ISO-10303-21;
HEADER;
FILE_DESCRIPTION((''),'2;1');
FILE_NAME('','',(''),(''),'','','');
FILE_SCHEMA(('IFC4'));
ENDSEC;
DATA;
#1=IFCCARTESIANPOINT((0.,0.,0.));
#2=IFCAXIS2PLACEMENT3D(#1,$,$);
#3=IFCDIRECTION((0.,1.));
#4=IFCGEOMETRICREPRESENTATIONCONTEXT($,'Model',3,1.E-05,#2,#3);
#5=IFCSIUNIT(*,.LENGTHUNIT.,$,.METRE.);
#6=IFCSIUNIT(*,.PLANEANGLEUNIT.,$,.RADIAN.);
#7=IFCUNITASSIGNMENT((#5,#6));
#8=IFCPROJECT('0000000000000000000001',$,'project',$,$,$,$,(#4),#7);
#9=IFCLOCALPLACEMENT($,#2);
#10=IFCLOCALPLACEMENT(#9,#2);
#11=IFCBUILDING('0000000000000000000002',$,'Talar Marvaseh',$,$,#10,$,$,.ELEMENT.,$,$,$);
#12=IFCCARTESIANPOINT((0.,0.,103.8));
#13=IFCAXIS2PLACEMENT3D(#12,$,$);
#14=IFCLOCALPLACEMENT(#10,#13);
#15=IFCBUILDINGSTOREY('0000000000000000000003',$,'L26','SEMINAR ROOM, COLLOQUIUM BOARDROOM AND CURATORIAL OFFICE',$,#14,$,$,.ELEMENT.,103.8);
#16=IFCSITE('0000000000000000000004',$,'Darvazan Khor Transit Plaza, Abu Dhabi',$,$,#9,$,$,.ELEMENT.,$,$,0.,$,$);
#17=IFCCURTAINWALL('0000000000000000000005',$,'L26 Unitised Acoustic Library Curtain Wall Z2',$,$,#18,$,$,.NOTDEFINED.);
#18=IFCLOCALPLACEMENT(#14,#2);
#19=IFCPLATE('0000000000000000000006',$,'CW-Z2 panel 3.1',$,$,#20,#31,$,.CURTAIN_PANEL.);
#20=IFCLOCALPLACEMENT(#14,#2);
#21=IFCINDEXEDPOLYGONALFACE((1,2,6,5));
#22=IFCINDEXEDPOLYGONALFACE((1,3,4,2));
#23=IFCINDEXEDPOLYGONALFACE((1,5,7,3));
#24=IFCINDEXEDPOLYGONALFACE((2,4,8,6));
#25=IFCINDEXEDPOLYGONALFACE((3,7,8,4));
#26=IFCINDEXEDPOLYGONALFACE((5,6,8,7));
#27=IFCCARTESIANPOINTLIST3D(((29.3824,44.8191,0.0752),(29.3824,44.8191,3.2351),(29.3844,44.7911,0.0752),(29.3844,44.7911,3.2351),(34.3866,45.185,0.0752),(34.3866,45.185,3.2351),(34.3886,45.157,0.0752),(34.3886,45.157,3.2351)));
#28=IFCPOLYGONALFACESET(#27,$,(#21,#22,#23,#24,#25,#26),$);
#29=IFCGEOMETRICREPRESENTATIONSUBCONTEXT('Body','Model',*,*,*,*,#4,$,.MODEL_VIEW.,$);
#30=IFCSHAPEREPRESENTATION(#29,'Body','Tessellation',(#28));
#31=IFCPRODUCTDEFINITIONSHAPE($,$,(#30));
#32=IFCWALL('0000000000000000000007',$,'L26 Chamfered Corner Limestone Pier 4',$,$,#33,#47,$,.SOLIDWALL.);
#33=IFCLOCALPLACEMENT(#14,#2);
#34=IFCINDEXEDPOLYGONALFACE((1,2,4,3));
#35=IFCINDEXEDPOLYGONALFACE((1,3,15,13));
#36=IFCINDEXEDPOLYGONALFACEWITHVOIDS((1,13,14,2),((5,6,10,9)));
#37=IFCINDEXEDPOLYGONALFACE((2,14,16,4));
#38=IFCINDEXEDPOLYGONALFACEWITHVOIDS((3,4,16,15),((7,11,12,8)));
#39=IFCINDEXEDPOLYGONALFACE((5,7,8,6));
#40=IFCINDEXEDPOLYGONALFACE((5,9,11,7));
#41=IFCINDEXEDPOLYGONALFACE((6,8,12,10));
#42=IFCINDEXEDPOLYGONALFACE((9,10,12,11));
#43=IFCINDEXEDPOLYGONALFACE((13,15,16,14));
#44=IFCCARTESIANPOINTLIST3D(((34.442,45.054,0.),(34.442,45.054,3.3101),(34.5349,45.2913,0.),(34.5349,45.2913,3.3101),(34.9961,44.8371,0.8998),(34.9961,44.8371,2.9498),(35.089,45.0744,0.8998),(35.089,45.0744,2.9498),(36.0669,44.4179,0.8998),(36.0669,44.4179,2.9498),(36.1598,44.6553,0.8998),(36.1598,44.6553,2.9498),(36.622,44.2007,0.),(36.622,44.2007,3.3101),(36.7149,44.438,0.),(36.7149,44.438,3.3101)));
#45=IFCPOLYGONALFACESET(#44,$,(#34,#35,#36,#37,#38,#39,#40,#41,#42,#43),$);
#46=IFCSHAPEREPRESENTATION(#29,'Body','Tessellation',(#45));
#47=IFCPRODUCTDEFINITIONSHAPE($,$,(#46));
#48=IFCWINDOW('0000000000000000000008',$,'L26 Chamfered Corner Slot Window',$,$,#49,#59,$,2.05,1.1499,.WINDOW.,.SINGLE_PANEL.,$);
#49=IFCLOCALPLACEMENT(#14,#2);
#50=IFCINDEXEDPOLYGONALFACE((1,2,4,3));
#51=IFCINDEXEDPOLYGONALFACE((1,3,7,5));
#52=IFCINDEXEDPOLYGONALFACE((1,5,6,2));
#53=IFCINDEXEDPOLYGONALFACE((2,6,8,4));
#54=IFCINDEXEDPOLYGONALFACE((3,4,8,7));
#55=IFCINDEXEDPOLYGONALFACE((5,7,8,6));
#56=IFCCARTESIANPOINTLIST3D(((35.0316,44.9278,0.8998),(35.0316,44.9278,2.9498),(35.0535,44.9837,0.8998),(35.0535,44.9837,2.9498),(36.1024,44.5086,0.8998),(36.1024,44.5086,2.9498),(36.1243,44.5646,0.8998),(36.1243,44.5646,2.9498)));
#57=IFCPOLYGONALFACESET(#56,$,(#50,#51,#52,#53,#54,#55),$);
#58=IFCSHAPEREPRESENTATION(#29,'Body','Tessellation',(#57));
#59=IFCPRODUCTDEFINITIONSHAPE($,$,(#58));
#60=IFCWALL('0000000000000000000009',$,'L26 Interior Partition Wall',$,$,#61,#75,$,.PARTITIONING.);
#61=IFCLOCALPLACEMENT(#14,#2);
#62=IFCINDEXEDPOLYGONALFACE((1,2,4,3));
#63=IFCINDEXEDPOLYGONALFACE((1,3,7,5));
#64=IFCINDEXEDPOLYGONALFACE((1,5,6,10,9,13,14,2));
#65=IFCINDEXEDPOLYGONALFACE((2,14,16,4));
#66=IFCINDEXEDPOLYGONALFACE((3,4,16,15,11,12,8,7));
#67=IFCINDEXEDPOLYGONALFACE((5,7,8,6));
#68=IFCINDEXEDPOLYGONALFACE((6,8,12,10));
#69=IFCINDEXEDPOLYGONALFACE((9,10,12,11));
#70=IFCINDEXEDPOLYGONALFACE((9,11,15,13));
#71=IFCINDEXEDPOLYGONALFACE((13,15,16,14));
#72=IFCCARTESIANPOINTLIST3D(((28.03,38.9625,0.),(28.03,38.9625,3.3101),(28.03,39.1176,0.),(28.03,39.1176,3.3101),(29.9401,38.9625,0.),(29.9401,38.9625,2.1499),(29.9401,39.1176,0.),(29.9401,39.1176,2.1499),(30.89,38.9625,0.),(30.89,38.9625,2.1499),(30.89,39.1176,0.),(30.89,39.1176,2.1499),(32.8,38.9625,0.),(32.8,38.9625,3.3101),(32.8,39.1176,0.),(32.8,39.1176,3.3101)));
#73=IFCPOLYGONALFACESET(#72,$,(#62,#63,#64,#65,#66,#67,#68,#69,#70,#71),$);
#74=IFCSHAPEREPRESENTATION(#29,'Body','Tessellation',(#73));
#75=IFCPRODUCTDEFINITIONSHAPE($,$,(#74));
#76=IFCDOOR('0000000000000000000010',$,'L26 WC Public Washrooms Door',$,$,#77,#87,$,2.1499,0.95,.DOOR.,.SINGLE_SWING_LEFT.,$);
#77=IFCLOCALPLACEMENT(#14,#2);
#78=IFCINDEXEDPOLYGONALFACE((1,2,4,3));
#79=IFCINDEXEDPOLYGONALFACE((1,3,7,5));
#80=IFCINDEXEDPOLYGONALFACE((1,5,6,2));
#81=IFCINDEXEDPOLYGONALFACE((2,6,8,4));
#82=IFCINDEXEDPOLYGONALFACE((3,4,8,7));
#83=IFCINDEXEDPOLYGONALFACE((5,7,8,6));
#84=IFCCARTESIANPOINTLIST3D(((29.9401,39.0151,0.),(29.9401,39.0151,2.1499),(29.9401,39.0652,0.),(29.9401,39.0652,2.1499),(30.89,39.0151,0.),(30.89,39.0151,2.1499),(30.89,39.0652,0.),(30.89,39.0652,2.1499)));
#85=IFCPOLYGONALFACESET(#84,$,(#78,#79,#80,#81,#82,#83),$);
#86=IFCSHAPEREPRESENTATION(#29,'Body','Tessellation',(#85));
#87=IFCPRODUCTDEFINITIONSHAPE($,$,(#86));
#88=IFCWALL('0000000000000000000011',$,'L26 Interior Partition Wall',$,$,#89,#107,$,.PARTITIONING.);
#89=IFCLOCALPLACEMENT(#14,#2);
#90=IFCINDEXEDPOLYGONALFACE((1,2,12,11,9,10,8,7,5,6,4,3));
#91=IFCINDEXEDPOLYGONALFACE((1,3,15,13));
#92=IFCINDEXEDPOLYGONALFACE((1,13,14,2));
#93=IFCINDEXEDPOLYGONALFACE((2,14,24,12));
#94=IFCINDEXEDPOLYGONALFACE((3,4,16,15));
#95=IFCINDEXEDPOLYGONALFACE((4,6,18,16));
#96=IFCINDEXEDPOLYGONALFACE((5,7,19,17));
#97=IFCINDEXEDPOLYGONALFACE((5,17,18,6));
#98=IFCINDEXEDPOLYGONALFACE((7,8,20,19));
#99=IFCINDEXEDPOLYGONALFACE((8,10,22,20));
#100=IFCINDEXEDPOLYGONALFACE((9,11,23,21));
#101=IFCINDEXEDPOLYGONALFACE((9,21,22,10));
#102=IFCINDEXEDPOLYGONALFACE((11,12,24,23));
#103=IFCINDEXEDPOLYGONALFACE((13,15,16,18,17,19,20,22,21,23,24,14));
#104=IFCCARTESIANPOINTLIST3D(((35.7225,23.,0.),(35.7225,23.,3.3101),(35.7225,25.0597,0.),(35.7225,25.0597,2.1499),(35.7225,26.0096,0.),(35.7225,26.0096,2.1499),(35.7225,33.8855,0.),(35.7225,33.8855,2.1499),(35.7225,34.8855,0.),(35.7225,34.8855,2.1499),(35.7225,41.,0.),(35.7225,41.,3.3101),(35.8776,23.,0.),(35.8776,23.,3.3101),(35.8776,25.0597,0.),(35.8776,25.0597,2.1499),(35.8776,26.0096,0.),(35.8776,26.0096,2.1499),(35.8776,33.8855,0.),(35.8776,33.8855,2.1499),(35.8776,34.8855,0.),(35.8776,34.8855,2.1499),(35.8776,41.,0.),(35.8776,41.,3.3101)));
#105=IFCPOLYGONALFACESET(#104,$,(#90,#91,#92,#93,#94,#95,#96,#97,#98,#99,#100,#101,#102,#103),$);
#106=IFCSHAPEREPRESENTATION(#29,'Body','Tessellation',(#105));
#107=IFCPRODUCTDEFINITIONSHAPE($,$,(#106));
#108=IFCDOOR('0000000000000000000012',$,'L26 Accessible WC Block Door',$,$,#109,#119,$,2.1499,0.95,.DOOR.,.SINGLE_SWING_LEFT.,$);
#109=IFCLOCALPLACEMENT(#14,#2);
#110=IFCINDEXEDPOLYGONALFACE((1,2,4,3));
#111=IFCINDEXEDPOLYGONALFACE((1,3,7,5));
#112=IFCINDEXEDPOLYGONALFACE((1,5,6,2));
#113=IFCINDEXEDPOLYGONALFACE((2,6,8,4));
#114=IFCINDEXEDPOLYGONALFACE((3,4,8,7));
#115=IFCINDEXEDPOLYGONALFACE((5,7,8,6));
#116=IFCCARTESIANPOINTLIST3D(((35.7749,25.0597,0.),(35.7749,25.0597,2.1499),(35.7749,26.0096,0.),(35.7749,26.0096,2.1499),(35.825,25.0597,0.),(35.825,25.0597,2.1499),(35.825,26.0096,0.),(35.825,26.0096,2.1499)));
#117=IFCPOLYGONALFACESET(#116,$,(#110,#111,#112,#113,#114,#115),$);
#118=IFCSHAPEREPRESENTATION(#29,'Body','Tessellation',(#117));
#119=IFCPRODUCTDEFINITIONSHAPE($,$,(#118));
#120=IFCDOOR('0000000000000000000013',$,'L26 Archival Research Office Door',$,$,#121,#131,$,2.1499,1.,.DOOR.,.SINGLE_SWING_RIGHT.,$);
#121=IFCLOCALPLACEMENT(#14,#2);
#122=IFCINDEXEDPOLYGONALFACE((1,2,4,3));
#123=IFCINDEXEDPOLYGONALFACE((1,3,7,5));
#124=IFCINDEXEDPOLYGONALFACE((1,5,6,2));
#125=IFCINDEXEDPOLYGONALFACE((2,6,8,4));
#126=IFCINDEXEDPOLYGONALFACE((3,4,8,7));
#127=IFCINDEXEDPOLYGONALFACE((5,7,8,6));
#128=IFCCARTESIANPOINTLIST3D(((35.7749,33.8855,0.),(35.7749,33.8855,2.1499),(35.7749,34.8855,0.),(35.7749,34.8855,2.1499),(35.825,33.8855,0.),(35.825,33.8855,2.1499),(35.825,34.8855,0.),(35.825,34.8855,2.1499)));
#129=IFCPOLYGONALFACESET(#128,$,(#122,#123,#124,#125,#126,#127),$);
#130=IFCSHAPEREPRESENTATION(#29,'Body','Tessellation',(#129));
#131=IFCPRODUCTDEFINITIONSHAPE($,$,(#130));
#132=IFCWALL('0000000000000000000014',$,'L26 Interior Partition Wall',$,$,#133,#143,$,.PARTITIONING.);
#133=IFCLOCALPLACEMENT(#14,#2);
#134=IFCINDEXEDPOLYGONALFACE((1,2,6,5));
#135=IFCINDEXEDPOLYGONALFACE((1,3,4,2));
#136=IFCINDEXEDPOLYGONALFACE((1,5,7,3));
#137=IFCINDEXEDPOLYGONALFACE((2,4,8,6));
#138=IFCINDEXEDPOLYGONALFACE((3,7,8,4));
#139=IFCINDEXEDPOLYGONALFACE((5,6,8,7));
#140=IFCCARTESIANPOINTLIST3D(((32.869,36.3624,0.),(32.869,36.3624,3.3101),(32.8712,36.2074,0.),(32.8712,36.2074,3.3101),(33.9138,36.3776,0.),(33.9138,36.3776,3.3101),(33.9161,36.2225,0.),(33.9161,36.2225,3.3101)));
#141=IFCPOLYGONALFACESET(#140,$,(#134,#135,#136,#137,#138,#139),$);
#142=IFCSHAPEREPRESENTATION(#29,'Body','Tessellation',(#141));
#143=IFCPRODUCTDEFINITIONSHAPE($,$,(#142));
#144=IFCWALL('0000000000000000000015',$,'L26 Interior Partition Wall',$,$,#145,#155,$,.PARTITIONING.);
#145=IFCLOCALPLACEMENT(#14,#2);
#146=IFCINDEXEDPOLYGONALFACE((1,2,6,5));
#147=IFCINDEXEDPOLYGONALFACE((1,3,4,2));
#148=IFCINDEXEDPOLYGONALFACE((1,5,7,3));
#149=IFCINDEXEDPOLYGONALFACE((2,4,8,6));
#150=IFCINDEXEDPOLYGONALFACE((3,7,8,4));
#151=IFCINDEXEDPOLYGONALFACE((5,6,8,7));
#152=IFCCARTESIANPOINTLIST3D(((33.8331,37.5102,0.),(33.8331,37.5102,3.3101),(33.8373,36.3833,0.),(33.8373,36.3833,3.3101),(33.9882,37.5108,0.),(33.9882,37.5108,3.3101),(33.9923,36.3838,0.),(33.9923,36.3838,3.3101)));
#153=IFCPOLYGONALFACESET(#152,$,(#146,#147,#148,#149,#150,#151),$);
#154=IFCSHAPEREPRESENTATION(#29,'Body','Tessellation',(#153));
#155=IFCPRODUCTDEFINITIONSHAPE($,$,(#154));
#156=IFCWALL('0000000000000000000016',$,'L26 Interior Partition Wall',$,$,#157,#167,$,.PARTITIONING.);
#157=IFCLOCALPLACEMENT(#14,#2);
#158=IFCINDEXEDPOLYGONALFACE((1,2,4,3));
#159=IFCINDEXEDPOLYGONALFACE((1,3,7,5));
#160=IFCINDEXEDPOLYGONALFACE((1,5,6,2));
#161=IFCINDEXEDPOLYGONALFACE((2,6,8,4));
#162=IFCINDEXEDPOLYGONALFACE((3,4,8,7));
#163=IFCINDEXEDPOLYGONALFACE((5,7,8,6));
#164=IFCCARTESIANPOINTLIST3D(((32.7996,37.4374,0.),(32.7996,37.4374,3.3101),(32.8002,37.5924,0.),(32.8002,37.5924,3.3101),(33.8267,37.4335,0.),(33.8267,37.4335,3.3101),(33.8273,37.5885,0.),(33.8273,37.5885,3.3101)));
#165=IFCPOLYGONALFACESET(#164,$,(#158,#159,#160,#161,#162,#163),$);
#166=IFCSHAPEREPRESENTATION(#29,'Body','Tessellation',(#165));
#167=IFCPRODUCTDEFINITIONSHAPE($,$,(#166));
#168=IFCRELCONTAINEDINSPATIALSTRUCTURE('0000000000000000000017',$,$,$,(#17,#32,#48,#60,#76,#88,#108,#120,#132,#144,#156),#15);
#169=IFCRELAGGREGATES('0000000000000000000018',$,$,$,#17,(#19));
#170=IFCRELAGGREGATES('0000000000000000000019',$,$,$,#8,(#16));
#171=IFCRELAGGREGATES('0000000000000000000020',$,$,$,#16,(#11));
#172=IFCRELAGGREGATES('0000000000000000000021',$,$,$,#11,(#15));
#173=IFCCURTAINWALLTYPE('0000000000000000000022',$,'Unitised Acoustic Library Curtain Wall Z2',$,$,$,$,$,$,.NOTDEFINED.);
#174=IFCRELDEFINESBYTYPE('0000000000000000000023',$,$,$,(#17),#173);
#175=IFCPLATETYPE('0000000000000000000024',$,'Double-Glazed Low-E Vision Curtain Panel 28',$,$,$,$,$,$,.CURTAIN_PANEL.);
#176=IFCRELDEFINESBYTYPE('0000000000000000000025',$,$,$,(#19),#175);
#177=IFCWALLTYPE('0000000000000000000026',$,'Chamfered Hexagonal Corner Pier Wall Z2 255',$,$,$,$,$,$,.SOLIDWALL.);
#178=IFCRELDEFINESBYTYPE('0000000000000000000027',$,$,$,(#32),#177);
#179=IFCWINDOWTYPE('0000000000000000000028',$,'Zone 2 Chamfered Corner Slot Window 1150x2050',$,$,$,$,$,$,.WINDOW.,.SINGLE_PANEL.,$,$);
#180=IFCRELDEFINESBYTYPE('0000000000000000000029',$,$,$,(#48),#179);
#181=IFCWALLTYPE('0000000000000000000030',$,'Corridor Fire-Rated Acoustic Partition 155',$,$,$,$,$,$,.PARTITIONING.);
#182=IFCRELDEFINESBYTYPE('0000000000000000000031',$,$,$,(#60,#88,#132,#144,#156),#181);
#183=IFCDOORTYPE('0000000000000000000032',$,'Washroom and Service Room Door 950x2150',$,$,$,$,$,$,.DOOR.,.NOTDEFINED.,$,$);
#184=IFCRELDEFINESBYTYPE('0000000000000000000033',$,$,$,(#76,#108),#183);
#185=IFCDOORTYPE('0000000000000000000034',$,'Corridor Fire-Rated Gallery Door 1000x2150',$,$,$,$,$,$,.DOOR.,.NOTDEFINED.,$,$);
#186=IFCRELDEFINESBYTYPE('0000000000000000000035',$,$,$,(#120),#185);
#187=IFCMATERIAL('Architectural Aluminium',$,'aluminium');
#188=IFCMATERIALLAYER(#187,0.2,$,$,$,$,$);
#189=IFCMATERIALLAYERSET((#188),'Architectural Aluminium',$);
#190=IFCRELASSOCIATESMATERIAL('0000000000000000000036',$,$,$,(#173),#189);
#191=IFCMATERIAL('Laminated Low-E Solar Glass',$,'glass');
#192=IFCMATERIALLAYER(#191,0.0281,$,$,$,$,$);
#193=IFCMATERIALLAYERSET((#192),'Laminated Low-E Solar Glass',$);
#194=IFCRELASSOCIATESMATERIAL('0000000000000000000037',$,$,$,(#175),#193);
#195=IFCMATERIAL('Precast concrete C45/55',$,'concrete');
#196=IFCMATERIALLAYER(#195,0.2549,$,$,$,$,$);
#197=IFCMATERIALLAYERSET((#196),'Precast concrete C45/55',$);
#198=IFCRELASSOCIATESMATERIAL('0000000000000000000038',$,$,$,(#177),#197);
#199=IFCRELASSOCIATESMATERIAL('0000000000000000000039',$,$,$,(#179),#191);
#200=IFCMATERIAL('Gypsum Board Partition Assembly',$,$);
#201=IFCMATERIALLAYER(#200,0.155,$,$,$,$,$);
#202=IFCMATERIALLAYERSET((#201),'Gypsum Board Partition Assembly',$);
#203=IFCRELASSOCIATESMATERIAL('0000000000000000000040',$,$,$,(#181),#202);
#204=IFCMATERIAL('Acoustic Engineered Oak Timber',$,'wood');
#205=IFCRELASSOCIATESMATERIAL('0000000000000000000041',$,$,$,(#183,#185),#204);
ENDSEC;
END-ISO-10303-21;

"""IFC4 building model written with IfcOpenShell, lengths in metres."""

from ifc_helpers import new_model, si_unit, direction, frame, frame_2d, origin, origin_2d, place, context, subcontext, project, spatial, rectangle, extrude, source, transform, mapped, material, layer, layer_set, type_object, type_shapes, element, fill, aggregate, save


model = new_model("IFC4")

# Units and contexts
model_context = context("Model", 3, precision=1e-05, world=origin(), true_north=direction((0.0, 1.0)))
body_context = subcontext(model_context, "Body", "Model", "MODEL_VIEW")
ifc_project = project(units=[si_unit("LENGTHUNIT", "METRE"), si_unit("PLANEANGLEUNIT", "RADIAN")], contexts=[model_context])

# Site, building, storey
site_placement = place(None, origin())
site = spatial("IfcSite", under=ifc_project, at=site_placement, Name="Darvazan Khor Transit Plaza, Abu Dhabi", CompositionType="ELEMENT", RefElevation=0.0)
building_placement = place(site_placement, origin())
building = spatial("IfcBuilding", under=site, at=building_placement, Name="Talar Marvaseh", CompositionType="ELEMENT")
storey_placement = place(building_placement, frame((0.0, 0.0, 103.8)))
storey = spatial("IfcBuildingStorey", under=building, at=storey_placement, Name="L26", Description="SEMINAR ROOM, COLLOQUIUM BOARDROOM AND CURATORIAL OFFICE", CompositionType="ELEMENT", Elevation=103.8)

# Curtain wall
ifc_material_1 = material(Name="Architectural Aluminium", Category="aluminium")
ifc_layer_1 = layer(ifc_material_1, 0.2)
ifc_layer_set_1 = layer_set([ifc_layer_1], Name="Architectural Aluminium")
curtain_wall_type = type_object("IfcCurtainWallType", Name="Unitised Acoustic Library Curtain Wall Z2", PredefinedType="NOTDEFINED", material=ifc_layer_set_1)
curtain_wall_1_placement = place(storey_placement, origin())
curtain_wall_1 = element("IfcCurtainWall", 1, at=curtain_wall_1_placement, inside=storey, type_object=curtain_wall_type, Name="L26 Unitised Acoustic Library Curtain Wall Z2", PredefinedType="NOTDEFINED")

# Shared definitions
ifc_material_2 = material(Name="Laminated Low-E Solar Glass", Category="glass")
ifc_layer_2 = layer(ifc_material_2, 0.0281)
ifc_layer_set_2 = layer_set([ifc_layer_2], Name="Laminated Low-E Solar Glass")
plate_type = type_object("IfcPlateType", Name="Double-Glazed Low-E Vision Curtain Panel 28", PredefinedType="CURTAIN_PANEL", material=ifc_layer_set_2)

# Plate
shared_shape_1 = source(origin(), body_context, "Body", "SweptSolid", [
    extrude(rectangle(XDim=5.0176, YDim=0.0281, at=origin_2d()), origin(), (0.0, 0.0, 1.0), 3.1599),
])
plate_1_placement = place(storey_placement, frame((31.8855, 44.988, 0.0752), z_axis=(0.0, 0.0, 1.0), x_axis=(0.997337, 0.07293, 0.0)))
plate_1 = element("IfcPlate", 2, at=plate_1_placement, type_object=plate_type, Name="CW-Z2 panel 3.1", PredefinedType="CURTAIN_PANEL", context=body_context, shape_type="MappedRepresentation", body=[
    mapped(shared_shape_1, transform((0.0, 0.0, 0.0), x_axis=(1.0, 0.0, 0.0), y_axis=(0.0, 1.0, 0.0), z_axis=(0.0, 0.0, 1.0), scale=1.0)),
])
aggregate(curtain_wall_1, [plate_1])

# Wall, opening, window
ifc_material_3 = material(Name="Precast concrete C45/55", Category="concrete")
ifc_layer_3 = layer(ifc_material_3, 0.2549)
ifc_layer_set_3 = layer_set([ifc_layer_3], Name="Precast concrete C45/55")
wall_type_1 = type_object("IfcWallType", Name="Chamfered Hexagonal Corner Pier Wall Z2 255", PredefinedType="SOLIDWALL", material=ifc_layer_set_3)
wall_1_placement = place(storey_placement, frame((34.4885, 45.1726, 0.0), z_axis=(0.0, 0.0, 1.0), x_axis=(0.931206, -0.364494, 0.0)))
wall_1 = element("IfcWall", 3, at=wall_1_placement, inside=storey, type_object=wall_type_1, Name="L26 Chamfered Corner Limestone Pier 4", PredefinedType="SOLIDWALL", context=body_context, shape_type="SweptSolid", body=[
    extrude(rectangle(XDim=2.3411, YDim=0.2549, at=frame_2d((1.1704, 0.0))), origin(), (0.0, 0.0, 1.0), 3.3101),
])
opening_1_placement = place(wall_1_placement, frame((0.595, 0.0, 0.8999)))
opening_1 = element("IfcOpeningElement", 4, at=opening_1_placement, cuts=wall_1, PredefinedType="OPENING", context=body_context, shape_type="SweptSolid", body=[
    extrude(rectangle(XDim=1.1499, YDim=2.05, at=frame_2d((0.575, 1.0249))), frame((0.0, 0.1375, 0.0), z_axis=(0.0, -1.0, 0.0), x_axis=(1.0, 0.0, 0.0)), (0.0, 0.0, 1.0), 0.2749),
])
window_type = type_object("IfcWindowType", Name="Zone 2 Chamfered Corner Slot Window 1150x2050", PartitioningType="SINGLE_PANEL", PredefinedType="WINDOW", material=ifc_material_2)
shared_shape_2 = source(origin(), body_context, "Body", "SweptSolid", [
    extrude(rectangle(XDim=1.1499, YDim=2.05, at=frame_2d((0.575, 1.0249))), frame((0.0, 0.03, 0.0), z_axis=(0.0, -1.0, 0.0), x_axis=(1.0, 0.0, 0.0)), (0.0, 0.0, 1.0), 0.0601),
])
type_shapes(window_type, [shared_shape_2])
window_placement = place(opening_1_placement, origin())
window = element("IfcWindow", 5, at=window_placement, inside=storey, type_object=window_type, Name="L26 Chamfered Corner Slot Window", OverallHeight=2.05, OverallWidth=1.1499, PartitioningType="SINGLE_PANEL", PredefinedType="WINDOW", context=body_context, shape_type="MappedRepresentation", body=[
    mapped(shared_shape_2, transform((0.0, 0.0, 0.0), x_axis=(1.0, 0.0, 0.0), y_axis=(0.0, 1.0, 0.0), z_axis=(0.0, 0.0, 1.0), scale=1.0)),
])
fill(opening_1, window)

# Wall, opening, door
ifc_material_4 = material(Name="Gypsum Board Partition Assembly")
ifc_layer_4 = layer(ifc_material_4, 0.155)
ifc_layer_set_4 = layer_set([ifc_layer_4], Name="Gypsum Board Partition Assembly")
wall_type_2 = type_object("IfcWallType", Name="Corridor Fire-Rated Acoustic Partition 155", PredefinedType="PARTITIONING", material=ifc_layer_set_4)
wall_2_placement = place(storey_placement, frame((32.8, 39.04, 0.0), z_axis=(0.0, 0.0, 1.0), x_axis=(-1.0, 0.0, 0.0)))
wall_2 = element("IfcWall", 6, at=wall_2_placement, inside=storey, type_object=wall_type_2, Name="L26 Interior Partition Wall", PredefinedType="PARTITIONING", context=body_context, shape_type="SweptSolid", body=[
    extrude(rectangle(XDim=4.77, YDim=0.155, at=frame_2d((2.385, 0.0))), origin(), (0.0, 0.0, 1.0), 3.3101),
])
opening_2_placement = place(wall_2_placement, frame((1.9099, 0.0, 0.0)))
opening_2 = element("IfcOpeningElement", 7, at=opening_2_placement, cuts=wall_2, PredefinedType="OPENING", context=body_context, shape_type="SweptSolid", body=[
    extrude(rectangle(XDim=0.95, YDim=2.1499, at=frame_2d((0.4751, 1.075))), frame((0.0, 0.0874, 0.0), z_axis=(0.0, -1.0, 0.0), x_axis=(1.0, 0.0, 0.0)), (0.0, 0.0, 1.0), 0.175),
])
ifc_material_5 = material(Name="Acoustic Engineered Oak Timber", Category="wood")
door_type_1 = type_object("IfcDoorType", Name="Washroom and Service Room Door 950x2150", OperationType="NOTDEFINED", PredefinedType="DOOR", material=ifc_material_5)
shared_shape_3 = source(origin(), body_context, "Body", "SweptSolid", [
    extrude(rectangle(XDim=0.95, YDim=2.1499, at=frame_2d((0.4751, 1.075))), frame((0.0, 0.0249, 0.0), z_axis=(0.0, -1.0, 0.0), x_axis=(1.0, 0.0, 0.0)), (0.0, 0.0, 1.0), 0.05),
])
type_shapes(door_type_1, [shared_shape_3])
door_1_placement = place(opening_2_placement, origin())
door_1 = element("IfcDoor", 8, at=door_1_placement, inside=storey, type_object=door_type_1, Name="L26 WC Public Washrooms Door", OperationType="SINGLE_SWING_LEFT", OverallHeight=2.1499, OverallWidth=0.95, PredefinedType="DOOR", context=body_context, shape_type="MappedRepresentation", body=[
    mapped(shared_shape_3, transform((0.0, 0.0, 0.0), x_axis=(1.0, 0.0, 0.0), y_axis=(0.0, 1.0, 0.0), z_axis=(0.0, 0.0, 1.0), scale=1.0)),
])
fill(opening_2, door_1)

# Wall, openings, doors
wall_3_placement = place(storey_placement, frame((35.8, 41.0, 0.0), z_axis=(0.0, 0.0, 1.0), x_axis=(0.0, -1.0, 0.0)))
wall_3 = element("IfcWall", 9, at=wall_3_placement, inside=storey, type_object=wall_type_2, Name="L26 Interior Partition Wall", PredefinedType="PARTITIONING", context=body_context, shape_type="SweptSolid", body=[
    extrude(rectangle(XDim=18.0, YDim=0.155, at=frame_2d((9.0, 0.0))), origin(), (0.0, 0.0, 1.0), 3.3101),
])
opening_3_placement = place(wall_3_placement, frame((14.9902, 0.0, 0.0)))
opening_3 = element("IfcOpeningElement", 10, at=opening_3_placement, cuts=wall_3, PredefinedType="OPENING", context=body_context, shape_type="SweptSolid", body=[
    extrude(rectangle(XDim=0.95, YDim=2.1499, at=frame_2d((0.4751, 1.075))), frame((0.0, 0.0874, 0.0), z_axis=(0.0, -1.0, 0.0), x_axis=(1.0, 0.0, 0.0)), (0.0, 0.0, 1.0), 0.175),
])
opening_4_placement = place(wall_3_placement, frame((6.1145, 0.0, 0.0)))
opening_4 = element("IfcOpeningElement", 11, at=opening_4_placement, cuts=wall_3, PredefinedType="OPENING", context=body_context, shape_type="SweptSolid", body=[
    extrude(rectangle(XDim=1.0, YDim=2.1499, at=frame_2d((0.5, 1.075))), frame((0.0, 0.0874, 0.0), z_axis=(0.0, -1.0, 0.0), x_axis=(1.0, 0.0, 0.0)), (0.0, 0.0, 1.0), 0.175),
])
door_2_placement = place(opening_3_placement, origin())
door_2 = element("IfcDoor", 12, at=door_2_placement, inside=storey, type_object=door_type_1, Name="L26 Accessible WC Block Door", OperationType="SINGLE_SWING_LEFT", OverallHeight=2.1499, OverallWidth=0.95, PredefinedType="DOOR", context=body_context, shape_type="MappedRepresentation", body=[
    mapped(shared_shape_3, transform((0.0, 0.0, 0.0), x_axis=(1.0, 0.0, 0.0), y_axis=(0.0, 1.0, 0.0), z_axis=(0.0, 0.0, 1.0), scale=1.0)),
])
fill(opening_3, door_2)
door_type_2 = type_object("IfcDoorType", Name="Corridor Fire-Rated Gallery Door 1000x2150", OperationType="NOTDEFINED", PredefinedType="DOOR", material=ifc_material_5)
shared_shape_4 = source(origin(), body_context, "Body", "SweptSolid", [
    extrude(rectangle(XDim=1.0, YDim=2.1499, at=frame_2d((0.5, 1.075))), frame((0.0, 0.0249, 0.0), z_axis=(0.0, -1.0, 0.0), x_axis=(1.0, 0.0, 0.0)), (0.0, 0.0, 1.0), 0.05),
])
type_shapes(door_type_2, [shared_shape_4])
door_3_placement = place(opening_4_placement, origin())
door_3 = element("IfcDoor", 13, at=door_3_placement, inside=storey, type_object=door_type_2, Name="L26 Archival Research Office Door", OperationType="SINGLE_SWING_RIGHT", OverallHeight=2.1499, OverallWidth=1.0, PredefinedType="DOOR", context=body_context, shape_type="MappedRepresentation", body=[
    mapped(shared_shape_4, transform((0.0, 0.0, 0.0), x_axis=(1.0, 0.0, 0.0), y_axis=(0.0, 1.0, 0.0), z_axis=(0.0, 0.0, 1.0), scale=1.0)),
])
fill(opening_4, door_3)

# Walls
wall_4_placement = place(storey_placement, frame((32.8701, 36.2849, 0.0), z_axis=(0.0, 0.0, 1.0), x_axis=(0.999895, 0.014484, 0.0)))
element("IfcWall", 14, at=wall_4_placement, inside=storey, type_object=wall_type_2, Name="L26 Interior Partition Wall", PredefinedType="PARTITIONING", context=body_context, shape_type="SweptSolid", body=[
    extrude(rectangle(XDim=1.0449, YDim=0.155, at=frame_2d((0.5225, 0.0))), origin(), (0.0, 0.0, 1.0), 3.3101),
])
wall_5_placement = place(storey_placement, frame((33.9148, 36.3835, 0.0), z_axis=(0.0, 0.0, 1.0), x_axis=(-0.003683, 0.999993, 0.0)))
element("IfcWall", 15, at=wall_5_placement, inside=storey, type_object=wall_type_2, Name="L26 Interior Partition Wall", PredefinedType="PARTITIONING", context=body_context, shape_type="SweptSolid", body=[
    extrude(rectangle(XDim=1.127, YDim=0.155, at=frame_2d((0.5635, 0.0))), origin(), (0.0, 0.0, 1.0), 3.3101),
])
wall_6_placement = place(storey_placement, frame((33.8271, 37.511, 0.0), z_axis=(0.0, 0.0, 1.0), x_axis=(-0.999993, 0.003803, 0.0)))
element("IfcWall", 16, at=wall_6_placement, inside=storey, type_object=wall_type_2, Name="L26 Interior Partition Wall", PredefinedType="PARTITIONING", context=body_context, shape_type="SweptSolid", body=[
    extrude(rectangle(XDim=1.0271, YDim=0.155, at=frame_2d((0.5137, 0.0))), origin(), (0.0, 0.0, 1.0), 3.3101),
])

save(model, "model.ifc")
